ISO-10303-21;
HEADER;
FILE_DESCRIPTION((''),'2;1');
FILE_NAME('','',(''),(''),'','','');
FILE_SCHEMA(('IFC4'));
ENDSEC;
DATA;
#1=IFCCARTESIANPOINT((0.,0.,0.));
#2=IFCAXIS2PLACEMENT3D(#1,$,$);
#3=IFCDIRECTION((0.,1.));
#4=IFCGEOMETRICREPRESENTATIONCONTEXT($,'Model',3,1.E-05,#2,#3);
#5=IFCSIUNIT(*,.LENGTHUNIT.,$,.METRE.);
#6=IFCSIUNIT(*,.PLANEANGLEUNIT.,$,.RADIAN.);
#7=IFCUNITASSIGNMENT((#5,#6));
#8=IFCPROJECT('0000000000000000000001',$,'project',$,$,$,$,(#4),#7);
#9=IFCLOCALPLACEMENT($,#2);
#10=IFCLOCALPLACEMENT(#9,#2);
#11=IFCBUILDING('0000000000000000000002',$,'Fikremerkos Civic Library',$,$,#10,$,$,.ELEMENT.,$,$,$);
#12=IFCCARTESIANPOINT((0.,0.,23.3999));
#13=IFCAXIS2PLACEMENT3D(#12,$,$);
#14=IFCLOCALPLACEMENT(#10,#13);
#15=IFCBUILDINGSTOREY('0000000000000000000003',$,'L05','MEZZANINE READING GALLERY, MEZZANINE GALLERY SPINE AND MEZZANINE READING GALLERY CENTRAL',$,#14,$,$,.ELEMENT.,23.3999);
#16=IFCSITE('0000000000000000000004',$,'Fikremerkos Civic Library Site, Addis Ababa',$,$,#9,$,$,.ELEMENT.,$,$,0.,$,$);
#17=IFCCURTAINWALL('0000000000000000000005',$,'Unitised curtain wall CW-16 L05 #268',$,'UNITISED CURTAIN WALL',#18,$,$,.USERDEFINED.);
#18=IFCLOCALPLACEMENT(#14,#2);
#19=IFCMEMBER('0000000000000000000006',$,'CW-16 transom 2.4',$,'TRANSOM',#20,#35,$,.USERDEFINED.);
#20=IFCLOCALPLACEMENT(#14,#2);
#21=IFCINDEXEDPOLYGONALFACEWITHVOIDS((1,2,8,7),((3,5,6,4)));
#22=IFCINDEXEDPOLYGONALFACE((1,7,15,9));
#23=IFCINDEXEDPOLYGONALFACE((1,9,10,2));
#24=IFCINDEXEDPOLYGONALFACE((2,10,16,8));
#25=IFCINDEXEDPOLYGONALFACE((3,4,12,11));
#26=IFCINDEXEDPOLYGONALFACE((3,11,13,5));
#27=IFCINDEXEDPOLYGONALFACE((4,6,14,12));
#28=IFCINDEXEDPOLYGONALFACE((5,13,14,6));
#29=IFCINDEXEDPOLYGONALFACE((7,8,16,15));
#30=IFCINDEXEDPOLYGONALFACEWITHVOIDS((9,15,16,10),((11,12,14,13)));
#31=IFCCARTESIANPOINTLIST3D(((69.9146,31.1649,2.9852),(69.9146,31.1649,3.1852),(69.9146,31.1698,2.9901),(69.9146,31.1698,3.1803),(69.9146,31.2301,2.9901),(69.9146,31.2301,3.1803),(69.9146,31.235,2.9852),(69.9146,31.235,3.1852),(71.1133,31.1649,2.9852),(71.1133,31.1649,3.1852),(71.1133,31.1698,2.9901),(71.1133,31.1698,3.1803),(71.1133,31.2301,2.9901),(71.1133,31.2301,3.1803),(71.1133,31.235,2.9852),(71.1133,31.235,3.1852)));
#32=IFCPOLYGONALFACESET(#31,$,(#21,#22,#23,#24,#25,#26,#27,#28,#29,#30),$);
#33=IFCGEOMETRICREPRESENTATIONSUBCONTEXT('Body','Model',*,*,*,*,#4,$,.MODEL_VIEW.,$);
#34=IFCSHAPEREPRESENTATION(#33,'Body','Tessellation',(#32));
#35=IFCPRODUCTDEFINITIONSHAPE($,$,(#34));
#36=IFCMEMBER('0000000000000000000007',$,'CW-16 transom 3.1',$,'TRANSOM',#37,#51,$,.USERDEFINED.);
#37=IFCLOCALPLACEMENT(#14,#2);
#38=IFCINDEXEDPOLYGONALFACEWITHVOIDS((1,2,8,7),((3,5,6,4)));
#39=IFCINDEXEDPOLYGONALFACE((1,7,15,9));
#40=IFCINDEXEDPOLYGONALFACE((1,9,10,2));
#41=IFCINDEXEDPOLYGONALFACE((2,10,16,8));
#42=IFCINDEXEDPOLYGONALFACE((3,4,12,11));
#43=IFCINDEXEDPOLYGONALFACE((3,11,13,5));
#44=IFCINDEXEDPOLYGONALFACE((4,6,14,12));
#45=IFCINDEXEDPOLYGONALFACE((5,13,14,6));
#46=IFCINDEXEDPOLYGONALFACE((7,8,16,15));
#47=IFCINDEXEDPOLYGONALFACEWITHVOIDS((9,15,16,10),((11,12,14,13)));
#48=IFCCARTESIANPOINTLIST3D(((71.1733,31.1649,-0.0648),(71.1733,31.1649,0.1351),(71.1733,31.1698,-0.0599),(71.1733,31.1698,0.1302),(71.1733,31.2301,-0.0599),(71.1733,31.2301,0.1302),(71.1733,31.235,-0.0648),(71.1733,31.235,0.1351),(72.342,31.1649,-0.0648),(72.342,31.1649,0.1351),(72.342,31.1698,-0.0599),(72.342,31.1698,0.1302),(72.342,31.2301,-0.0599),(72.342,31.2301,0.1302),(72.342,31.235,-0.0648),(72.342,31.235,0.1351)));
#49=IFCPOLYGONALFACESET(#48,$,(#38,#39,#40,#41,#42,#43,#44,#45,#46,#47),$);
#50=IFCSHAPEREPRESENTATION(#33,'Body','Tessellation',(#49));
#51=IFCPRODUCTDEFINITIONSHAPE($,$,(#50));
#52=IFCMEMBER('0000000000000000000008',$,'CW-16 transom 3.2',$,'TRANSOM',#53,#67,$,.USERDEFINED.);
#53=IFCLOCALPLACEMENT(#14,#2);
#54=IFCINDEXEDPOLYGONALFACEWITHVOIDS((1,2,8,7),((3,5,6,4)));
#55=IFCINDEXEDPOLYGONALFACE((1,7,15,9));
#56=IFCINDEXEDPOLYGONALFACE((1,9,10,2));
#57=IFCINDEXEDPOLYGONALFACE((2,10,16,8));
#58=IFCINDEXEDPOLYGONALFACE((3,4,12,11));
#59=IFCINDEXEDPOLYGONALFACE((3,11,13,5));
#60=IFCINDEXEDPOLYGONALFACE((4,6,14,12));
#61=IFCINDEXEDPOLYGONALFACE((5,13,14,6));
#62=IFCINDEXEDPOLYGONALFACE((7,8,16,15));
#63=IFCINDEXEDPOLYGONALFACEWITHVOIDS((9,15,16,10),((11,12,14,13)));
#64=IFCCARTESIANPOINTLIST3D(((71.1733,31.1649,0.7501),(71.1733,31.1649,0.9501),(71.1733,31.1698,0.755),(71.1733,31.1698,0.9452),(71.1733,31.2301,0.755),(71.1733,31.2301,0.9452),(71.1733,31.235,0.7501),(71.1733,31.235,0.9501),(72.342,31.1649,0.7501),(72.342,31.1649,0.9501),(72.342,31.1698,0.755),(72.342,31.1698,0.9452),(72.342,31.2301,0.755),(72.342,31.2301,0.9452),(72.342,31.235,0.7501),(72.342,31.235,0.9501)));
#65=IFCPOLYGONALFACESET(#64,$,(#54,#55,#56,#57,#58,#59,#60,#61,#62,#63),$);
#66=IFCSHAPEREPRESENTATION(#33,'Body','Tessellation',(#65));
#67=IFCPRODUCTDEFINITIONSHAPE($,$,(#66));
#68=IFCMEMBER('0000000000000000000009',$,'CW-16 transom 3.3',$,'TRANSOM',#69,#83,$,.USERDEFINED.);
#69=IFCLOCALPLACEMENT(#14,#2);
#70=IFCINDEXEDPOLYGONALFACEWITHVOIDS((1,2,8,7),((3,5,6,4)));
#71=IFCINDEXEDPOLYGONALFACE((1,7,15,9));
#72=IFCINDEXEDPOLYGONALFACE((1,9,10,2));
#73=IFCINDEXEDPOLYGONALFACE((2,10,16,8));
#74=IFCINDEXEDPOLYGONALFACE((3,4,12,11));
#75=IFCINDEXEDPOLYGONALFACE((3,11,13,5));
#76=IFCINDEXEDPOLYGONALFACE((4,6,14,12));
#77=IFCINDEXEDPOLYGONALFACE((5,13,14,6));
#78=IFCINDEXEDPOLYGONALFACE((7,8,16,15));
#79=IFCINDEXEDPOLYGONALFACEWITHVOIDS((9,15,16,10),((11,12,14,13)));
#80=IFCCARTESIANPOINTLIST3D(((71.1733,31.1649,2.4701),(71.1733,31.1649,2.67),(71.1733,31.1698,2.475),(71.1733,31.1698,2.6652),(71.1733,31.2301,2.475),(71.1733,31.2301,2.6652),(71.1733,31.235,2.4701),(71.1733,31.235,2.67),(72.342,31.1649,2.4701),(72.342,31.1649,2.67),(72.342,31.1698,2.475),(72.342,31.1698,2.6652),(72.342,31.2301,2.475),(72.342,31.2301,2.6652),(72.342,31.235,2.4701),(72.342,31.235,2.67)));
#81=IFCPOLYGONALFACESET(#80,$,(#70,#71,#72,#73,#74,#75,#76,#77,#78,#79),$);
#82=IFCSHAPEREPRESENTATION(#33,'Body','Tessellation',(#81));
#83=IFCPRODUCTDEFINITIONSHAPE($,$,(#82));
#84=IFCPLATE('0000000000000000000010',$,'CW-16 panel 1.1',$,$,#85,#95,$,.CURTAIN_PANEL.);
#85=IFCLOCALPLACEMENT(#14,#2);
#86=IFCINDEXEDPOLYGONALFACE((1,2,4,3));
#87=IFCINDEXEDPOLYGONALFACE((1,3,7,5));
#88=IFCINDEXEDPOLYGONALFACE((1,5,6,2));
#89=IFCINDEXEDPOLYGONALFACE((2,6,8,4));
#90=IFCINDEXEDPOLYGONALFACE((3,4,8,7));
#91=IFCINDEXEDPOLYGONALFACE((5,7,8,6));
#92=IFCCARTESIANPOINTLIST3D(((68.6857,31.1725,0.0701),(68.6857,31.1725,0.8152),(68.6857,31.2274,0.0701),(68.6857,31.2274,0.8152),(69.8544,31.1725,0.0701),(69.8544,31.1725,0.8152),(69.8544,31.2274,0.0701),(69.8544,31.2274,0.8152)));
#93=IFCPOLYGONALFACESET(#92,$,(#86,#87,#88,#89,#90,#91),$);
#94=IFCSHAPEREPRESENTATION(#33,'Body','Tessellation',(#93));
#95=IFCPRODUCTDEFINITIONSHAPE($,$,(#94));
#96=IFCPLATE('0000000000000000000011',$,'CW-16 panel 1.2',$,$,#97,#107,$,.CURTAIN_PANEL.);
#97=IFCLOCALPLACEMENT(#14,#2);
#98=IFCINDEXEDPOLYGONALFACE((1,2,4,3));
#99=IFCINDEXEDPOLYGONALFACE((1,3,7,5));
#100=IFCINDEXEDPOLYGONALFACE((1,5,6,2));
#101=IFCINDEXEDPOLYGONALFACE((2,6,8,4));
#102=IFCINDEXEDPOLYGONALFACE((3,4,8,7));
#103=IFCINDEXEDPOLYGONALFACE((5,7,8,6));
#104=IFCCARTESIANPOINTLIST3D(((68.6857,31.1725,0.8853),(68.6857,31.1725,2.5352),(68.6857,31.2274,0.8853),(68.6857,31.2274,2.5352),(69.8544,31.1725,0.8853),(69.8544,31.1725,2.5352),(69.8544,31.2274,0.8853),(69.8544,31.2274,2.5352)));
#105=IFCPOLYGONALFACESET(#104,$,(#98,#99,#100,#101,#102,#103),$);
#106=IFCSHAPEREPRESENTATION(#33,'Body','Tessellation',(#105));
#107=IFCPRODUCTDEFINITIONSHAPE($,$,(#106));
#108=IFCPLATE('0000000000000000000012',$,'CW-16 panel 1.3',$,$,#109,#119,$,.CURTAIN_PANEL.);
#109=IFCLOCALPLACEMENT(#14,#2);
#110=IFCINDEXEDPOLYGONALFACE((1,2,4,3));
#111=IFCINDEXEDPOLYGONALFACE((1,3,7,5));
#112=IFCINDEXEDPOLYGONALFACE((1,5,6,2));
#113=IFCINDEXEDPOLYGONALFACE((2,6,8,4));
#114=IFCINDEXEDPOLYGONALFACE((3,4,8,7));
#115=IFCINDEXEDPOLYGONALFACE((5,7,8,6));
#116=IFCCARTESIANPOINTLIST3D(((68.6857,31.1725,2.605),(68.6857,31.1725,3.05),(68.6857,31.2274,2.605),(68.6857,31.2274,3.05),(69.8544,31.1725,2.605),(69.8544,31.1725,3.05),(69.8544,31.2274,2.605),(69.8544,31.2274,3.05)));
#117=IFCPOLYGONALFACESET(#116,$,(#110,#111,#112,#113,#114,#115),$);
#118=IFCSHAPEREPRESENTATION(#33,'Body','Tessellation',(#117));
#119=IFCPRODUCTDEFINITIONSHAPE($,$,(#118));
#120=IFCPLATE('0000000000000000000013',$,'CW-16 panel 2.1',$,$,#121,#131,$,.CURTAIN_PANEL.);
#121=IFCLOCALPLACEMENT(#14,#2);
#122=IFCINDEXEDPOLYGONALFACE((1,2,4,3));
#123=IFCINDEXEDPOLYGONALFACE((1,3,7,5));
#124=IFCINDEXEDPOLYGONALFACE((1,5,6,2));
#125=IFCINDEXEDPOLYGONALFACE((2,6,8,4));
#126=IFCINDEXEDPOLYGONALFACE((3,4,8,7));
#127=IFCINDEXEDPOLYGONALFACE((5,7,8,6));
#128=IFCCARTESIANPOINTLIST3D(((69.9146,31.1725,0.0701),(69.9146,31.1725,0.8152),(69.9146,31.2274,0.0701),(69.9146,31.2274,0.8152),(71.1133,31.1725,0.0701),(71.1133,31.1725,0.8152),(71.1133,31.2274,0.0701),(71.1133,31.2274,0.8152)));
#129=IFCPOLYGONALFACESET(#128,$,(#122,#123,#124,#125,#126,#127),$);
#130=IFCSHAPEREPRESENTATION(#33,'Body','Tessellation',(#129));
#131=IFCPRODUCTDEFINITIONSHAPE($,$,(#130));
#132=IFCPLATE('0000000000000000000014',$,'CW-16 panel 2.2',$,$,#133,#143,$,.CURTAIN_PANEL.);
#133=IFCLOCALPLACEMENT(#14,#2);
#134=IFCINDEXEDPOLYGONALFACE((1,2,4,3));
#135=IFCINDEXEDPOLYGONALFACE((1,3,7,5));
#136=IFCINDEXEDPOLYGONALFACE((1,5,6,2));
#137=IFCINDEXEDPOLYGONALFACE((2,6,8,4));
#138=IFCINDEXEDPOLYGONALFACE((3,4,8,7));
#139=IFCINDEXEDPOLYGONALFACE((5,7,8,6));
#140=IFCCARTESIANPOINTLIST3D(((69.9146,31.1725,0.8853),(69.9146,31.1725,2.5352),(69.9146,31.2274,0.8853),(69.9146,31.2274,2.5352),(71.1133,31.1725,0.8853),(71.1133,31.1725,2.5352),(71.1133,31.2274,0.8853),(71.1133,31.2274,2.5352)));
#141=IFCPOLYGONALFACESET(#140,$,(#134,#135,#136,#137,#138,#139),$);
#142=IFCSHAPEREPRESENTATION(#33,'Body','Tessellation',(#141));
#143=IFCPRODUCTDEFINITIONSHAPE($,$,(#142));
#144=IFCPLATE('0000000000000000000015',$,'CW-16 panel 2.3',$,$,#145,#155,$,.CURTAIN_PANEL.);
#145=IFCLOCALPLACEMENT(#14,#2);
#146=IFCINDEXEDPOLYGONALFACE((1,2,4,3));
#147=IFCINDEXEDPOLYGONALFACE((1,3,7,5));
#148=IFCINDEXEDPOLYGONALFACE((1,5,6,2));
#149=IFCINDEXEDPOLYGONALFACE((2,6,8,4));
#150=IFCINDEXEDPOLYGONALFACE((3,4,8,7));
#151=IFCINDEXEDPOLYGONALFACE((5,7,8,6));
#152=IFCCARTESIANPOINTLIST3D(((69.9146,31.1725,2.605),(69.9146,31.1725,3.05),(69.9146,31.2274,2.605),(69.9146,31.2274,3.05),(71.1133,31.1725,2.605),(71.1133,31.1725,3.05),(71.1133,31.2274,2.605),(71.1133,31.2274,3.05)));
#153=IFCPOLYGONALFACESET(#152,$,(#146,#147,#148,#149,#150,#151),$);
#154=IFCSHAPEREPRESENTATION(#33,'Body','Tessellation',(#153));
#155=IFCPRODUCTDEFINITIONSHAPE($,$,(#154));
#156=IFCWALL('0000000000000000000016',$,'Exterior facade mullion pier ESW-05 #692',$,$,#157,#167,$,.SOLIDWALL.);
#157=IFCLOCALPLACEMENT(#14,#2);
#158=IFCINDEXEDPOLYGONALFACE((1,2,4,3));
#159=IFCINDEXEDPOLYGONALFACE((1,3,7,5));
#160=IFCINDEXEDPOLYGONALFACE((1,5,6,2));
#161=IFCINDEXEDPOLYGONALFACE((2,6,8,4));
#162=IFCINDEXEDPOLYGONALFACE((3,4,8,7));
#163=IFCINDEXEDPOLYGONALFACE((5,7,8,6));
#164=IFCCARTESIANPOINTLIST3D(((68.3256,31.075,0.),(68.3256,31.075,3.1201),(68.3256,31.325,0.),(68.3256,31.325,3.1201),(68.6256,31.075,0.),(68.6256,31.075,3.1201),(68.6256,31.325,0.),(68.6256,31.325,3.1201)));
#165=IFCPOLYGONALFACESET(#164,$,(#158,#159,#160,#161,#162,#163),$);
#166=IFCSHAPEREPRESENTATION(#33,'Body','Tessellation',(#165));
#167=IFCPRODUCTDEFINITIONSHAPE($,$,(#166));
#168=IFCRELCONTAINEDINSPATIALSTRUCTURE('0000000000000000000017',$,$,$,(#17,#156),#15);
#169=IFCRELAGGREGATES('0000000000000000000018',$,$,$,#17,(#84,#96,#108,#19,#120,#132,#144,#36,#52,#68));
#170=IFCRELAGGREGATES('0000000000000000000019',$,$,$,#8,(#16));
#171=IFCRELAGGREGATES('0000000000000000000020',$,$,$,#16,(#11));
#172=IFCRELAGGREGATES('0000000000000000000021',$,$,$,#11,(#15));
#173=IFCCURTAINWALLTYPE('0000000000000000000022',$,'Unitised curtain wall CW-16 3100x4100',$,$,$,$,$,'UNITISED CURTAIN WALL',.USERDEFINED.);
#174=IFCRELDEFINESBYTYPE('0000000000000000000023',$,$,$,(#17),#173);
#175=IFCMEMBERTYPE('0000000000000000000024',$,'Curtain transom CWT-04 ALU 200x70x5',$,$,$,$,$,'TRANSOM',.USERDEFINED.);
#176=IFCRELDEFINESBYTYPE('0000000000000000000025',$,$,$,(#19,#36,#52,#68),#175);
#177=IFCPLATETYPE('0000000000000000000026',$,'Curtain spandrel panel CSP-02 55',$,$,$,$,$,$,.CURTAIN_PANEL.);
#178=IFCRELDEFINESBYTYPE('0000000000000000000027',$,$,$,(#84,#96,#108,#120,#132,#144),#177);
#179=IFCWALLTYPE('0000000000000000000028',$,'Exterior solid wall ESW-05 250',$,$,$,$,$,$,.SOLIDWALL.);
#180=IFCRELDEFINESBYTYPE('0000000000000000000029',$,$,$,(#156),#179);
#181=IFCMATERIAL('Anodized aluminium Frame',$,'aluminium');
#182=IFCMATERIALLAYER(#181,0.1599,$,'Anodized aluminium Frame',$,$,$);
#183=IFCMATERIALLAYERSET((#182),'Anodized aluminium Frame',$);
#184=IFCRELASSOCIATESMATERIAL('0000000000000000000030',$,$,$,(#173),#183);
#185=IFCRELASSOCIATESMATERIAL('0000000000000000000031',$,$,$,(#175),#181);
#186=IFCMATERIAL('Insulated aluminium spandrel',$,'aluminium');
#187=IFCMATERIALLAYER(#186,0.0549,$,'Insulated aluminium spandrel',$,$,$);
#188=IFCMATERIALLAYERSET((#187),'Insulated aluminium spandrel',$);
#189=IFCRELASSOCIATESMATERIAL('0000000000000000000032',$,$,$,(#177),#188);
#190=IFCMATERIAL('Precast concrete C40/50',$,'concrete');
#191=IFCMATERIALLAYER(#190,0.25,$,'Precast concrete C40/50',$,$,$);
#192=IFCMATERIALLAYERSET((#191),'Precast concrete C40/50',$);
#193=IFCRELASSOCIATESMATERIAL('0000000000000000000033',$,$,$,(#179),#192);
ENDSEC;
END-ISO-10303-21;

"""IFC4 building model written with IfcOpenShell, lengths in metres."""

from ifc_helpers import new_model, si_unit, direction, frame, frame_2d, origin, origin_2d, place, context, subcontext, project, spatial, rectangle, hollow_rectangle, extrude, material, layer, layer_set, material_profile, profile_set, type_object, element, aggregate, save


model = new_model("IFC4")

# Units and contexts
model_context = context("Model", 3, precision=1e-05, world=origin(), true_north=direction((0.0, 1.0)))
body_context = subcontext(model_context, "Body", "Model", "MODEL_VIEW")
ifc_project = project(units=[si_unit("LENGTHUNIT", "METRE"), si_unit("PLANEANGLEUNIT", "RADIAN")], contexts=[model_context])

# Site, building, storey
site_placement = place(None, origin())
site = spatial("IfcSite", under=ifc_project, at=site_placement, Name="Fikremerkos Civic Library Site, Addis Ababa", CompositionType="ELEMENT", RefElevation=0.0)
building_placement = place(site_placement, origin())
building = spatial("IfcBuilding", under=site, at=building_placement, Name="Fikremerkos Civic Library", CompositionType="ELEMENT")
storey_placement = place(building_placement, frame((0.0, 0.0, 23.3999)))
storey = spatial("IfcBuildingStorey", under=building, at=storey_placement, Name="L05", Description="MEZZANINE READING GALLERY, MEZZANINE GALLERY SPINE AND MEZZANINE READING GALLERY CENTRAL", CompositionType="ELEMENT", Elevation=23.3999)

# Shared definitions
ifc_material_1 = material(Name="Anodized aluminium Frame", Category="aluminium")

# Curtain wall, members, plates
ifc_layer_1 = layer(ifc_material_1, 0.1599, Name="Anodized aluminium Frame")
ifc_layer_set_1 = layer_set([ifc_layer_1], Name="Anodized aluminium Frame")
curtain_wall_type_1 = type_object("IfcCurtainWallType", Name="Unitised curtain wall CW-16 3100x4100", ElementType="UNITISED CURTAIN WALL", PredefinedType="USERDEFINED", material=ifc_layer_set_1)
curtain_wall_1_placement = place(storey_placement, origin())
curtain_wall_1 = element("IfcCurtainWall", 1, at=curtain_wall_1_placement, inside=storey, type_object=curtain_wall_type_1, Name="Unitised curtain wall CW-16 L05 #268", ObjectType="UNITISED CURTAIN WALL", PredefinedType="USERDEFINED")
ifc_material_profile_1 = material_profile(ifc_material_1, hollow_rectangle(XDim=0.0701, YDim=0.2, WallThickness=0.0049, at=origin_2d()), Name="ALU 200x70x5")
ifc_profile_set_1 = profile_set([ifc_material_profile_1], Name="Anodized aluminium Frame")
member_type_1 = type_object("IfcMemberType", Name="Curtain transom CWT-04 ALU 200x70x5", ElementType="TRANSOM", PredefinedType="USERDEFINED", material=ifc_profile_set_1)
member_1_placement = place(storey_placement, frame((69.9146, 31.2, 3.0852), z_axis=(1.0, 0.0, 0.0), x_axis=(0.0, 1.0, 0.0)))
member_1 = element("IfcMember", 2, at=member_1_placement, type_object=member_type_1, Name="CW-16 transom 2.4", ObjectType="TRANSOM", PredefinedType="USERDEFINED", context=body_context, shape_type="SweptSolid", body=[
    extrude(hollow_rectangle(XDim=0.0701, YDim=0.2, WallThickness=0.0049, at=origin_2d()), origin(), (0.0, 0.0, 1.0), 1.1987),
])
member_2_placement = place(storey_placement, frame((71.1733, 31.2, 0.0352), z_axis=(1.0, 0.0, 0.0), x_axis=(0.0, 1.0, 0.0)))
member_2 = element("IfcMember", 3, at=member_2_placement, type_object=member_type_1, Name="CW-16 transom 3.1", ObjectType="TRANSOM", PredefinedType="USERDEFINED", context=body_context, shape_type="SweptSolid", body=[
    extrude(hollow_rectangle(XDim=0.0701, YDim=0.2, WallThickness=0.0049, at=origin_2d()), origin(), (0.0, 0.0, 1.0), 1.1687),
])
member_3_placement = place(storey_placement, frame((71.1733, 31.2, 0.8501), z_axis=(1.0, 0.0, 0.0), x_axis=(0.0, 1.0, 0.0)))
member_3 = element("IfcMember", 4, at=member_3_placement, type_object=member_type_1, Name="CW-16 transom 3.2", ObjectType="TRANSOM", PredefinedType="USERDEFINED", context=body_context, shape_type="SweptSolid", body=[
    extrude(hollow_rectangle(XDim=0.0701, YDim=0.2, WallThickness=0.0049, at=origin_2d()), origin(), (0.0, 0.0, 1.0), 1.1687),
])
member_4_placement = place(storey_placement, frame((71.1733, 31.2, 2.5701), z_axis=(1.0, 0.0, 0.0), x_axis=(0.0, 1.0, 0.0)))
member_4 = element("IfcMember", 5, at=member_4_placement, type_object=member_type_1, Name="CW-16 transom 3.3", ObjectType="TRANSOM", PredefinedType="USERDEFINED", context=body_context, shape_type="SweptSolid", body=[
    extrude(hollow_rectangle(XDim=0.0701, YDim=0.2, WallThickness=0.0049, at=origin_2d()), origin(), (0.0, 0.0, 1.0), 1.1687),
])
ifc_material_2 = material(Name="Insulated aluminium spandrel", Category="aluminium")
ifc_layer_2 = layer(ifc_material_2, 0.0549, Name="Insulated aluminium spandrel")
ifc_layer_set_2 = layer_set([ifc_layer_2], Name="Insulated aluminium spandrel")
plate_type = type_object("IfcPlateType", Name="Curtain spandrel panel CSP-02 55", PredefinedType="CURTAIN_PANEL", material=ifc_layer_set_2)
plate_1_placement = place(storey_placement, frame((69.27, 31.2, 0.0701), z_axis=(0.0, 0.0, 1.0), x_axis=(1.0, 0.0, 0.0)))
plate_1 = element("IfcPlate", 6, at=plate_1_placement, type_object=plate_type, Name="CW-16 panel 1.1", PredefinedType="CURTAIN_PANEL", context=body_context, shape_type="SweptSolid", body=[
    extrude(rectangle(XDim=1.1687, YDim=0.0549, at=origin_2d()), origin(), (0.0, 0.0, 1.0), 0.7451),
])
plate_2_placement = place(storey_placement, frame((69.27, 31.2, 0.8853), z_axis=(0.0, 0.0, 1.0), x_axis=(1.0, 0.0, 0.0)))
plate_2 = element("IfcPlate", 7, at=plate_2_placement, type_object=plate_type, Name="CW-16 panel 1.2", PredefinedType="CURTAIN_PANEL", context=body_context, shape_type="SweptSolid", body=[
    extrude(rectangle(XDim=1.1687, YDim=0.0549, at=origin_2d()), origin(), (0.0, 0.0, 1.0), 1.6499),
])
plate_3_placement = place(storey_placement, frame((69.27, 31.2, 2.605), z_axis=(0.0, 0.0, 1.0), x_axis=(1.0, 0.0, 0.0)))
plate_3 = element("IfcPlate", 8, at=plate_3_placement, type_object=plate_type, Name="CW-16 panel 1.3", PredefinedType="CURTAIN_PANEL", context=body_context, shape_type="SweptSolid", body=[
    extrude(rectangle(XDim=1.1687, YDim=0.0549, at=origin_2d()), origin(), (0.0, 0.0, 1.0), 0.4451),
])
plate_4_placement = place(storey_placement, frame((70.5139, 31.2, 0.0701), z_axis=(0.0, 0.0, 1.0), x_axis=(1.0, 0.0, 0.0)))
plate_4 = element("IfcPlate", 9, at=plate_4_placement, type_object=plate_type, Name="CW-16 panel 2.1", PredefinedType="CURTAIN_PANEL", context=body_context, shape_type="SweptSolid", body=[
    extrude(rectangle(XDim=1.1987, YDim=0.0549, at=origin_2d()), origin(), (0.0, 0.0, 1.0), 0.7451),
])
plate_5_placement = place(storey_placement, frame((70.5139, 31.2, 0.8853), z_axis=(0.0, 0.0, 1.0), x_axis=(1.0, 0.0, 0.0)))
plate_5 = element("IfcPlate", 10, at=plate_5_placement, type_object=plate_type, Name="CW-16 panel 2.2", PredefinedType="CURTAIN_PANEL", context=body_context, shape_type="SweptSolid", body=[
    extrude(rectangle(XDim=1.1987, YDim=0.0549, at=origin_2d()), origin(), (0.0, 0.0, 1.0), 1.6499),
])
plate_6_placement = place(storey_placement, frame((70.5139, 31.2, 2.605), z_axis=(0.0, 0.0, 1.0), x_axis=(1.0, 0.0, 0.0)))
plate_6 = element("IfcPlate", 11, at=plate_6_placement, type_object=plate_type, Name="CW-16 panel 2.3", PredefinedType="CURTAIN_PANEL", context=body_context, shape_type="SweptSolid", body=[
    extrude(rectangle(XDim=1.1987, YDim=0.0549, at=origin_2d()), origin(), (0.0, 0.0, 1.0), 0.4451),
])
aggregate(curtain_wall_1, [plate_1, plate_2, plate_3, member_1, plate_4, plate_5, plate_6, member_2, member_3, member_4])

# Wall
ifc_material_3 = material(Name="Precast concrete C40/50", Category="concrete")
ifc_layer_3 = layer(ifc_material_3, 0.25, Name="Precast concrete C40/50")
ifc_layer_set_3 = layer_set([ifc_layer_3], Name="Precast concrete C40/50")
wall_type = type_object("IfcWallType", Name="Exterior solid wall ESW-05 250", PredefinedType="SOLIDWALL", material=ifc_layer_set_3)
wall_placement = place(storey_placement, frame((68.3257, 31.2, 0.0), z_axis=(0.0, 0.0, 1.0), x_axis=(1.0, 0.0, 0.0)))
element("IfcWall", 12, at=wall_placement, inside=storey, type_object=wall_type, Name="Exterior facade mullion pier ESW-05 #692", PredefinedType="SOLIDWALL", context=body_context, shape_type="SweptSolid", body=[
    extrude(rectangle(XDim=0.3, YDim=0.25, at=frame_2d((0.1499, 0.0))), origin(), (0.0, 0.0, 1.0), 3.1201),
])

save(model, "model.ifc")
